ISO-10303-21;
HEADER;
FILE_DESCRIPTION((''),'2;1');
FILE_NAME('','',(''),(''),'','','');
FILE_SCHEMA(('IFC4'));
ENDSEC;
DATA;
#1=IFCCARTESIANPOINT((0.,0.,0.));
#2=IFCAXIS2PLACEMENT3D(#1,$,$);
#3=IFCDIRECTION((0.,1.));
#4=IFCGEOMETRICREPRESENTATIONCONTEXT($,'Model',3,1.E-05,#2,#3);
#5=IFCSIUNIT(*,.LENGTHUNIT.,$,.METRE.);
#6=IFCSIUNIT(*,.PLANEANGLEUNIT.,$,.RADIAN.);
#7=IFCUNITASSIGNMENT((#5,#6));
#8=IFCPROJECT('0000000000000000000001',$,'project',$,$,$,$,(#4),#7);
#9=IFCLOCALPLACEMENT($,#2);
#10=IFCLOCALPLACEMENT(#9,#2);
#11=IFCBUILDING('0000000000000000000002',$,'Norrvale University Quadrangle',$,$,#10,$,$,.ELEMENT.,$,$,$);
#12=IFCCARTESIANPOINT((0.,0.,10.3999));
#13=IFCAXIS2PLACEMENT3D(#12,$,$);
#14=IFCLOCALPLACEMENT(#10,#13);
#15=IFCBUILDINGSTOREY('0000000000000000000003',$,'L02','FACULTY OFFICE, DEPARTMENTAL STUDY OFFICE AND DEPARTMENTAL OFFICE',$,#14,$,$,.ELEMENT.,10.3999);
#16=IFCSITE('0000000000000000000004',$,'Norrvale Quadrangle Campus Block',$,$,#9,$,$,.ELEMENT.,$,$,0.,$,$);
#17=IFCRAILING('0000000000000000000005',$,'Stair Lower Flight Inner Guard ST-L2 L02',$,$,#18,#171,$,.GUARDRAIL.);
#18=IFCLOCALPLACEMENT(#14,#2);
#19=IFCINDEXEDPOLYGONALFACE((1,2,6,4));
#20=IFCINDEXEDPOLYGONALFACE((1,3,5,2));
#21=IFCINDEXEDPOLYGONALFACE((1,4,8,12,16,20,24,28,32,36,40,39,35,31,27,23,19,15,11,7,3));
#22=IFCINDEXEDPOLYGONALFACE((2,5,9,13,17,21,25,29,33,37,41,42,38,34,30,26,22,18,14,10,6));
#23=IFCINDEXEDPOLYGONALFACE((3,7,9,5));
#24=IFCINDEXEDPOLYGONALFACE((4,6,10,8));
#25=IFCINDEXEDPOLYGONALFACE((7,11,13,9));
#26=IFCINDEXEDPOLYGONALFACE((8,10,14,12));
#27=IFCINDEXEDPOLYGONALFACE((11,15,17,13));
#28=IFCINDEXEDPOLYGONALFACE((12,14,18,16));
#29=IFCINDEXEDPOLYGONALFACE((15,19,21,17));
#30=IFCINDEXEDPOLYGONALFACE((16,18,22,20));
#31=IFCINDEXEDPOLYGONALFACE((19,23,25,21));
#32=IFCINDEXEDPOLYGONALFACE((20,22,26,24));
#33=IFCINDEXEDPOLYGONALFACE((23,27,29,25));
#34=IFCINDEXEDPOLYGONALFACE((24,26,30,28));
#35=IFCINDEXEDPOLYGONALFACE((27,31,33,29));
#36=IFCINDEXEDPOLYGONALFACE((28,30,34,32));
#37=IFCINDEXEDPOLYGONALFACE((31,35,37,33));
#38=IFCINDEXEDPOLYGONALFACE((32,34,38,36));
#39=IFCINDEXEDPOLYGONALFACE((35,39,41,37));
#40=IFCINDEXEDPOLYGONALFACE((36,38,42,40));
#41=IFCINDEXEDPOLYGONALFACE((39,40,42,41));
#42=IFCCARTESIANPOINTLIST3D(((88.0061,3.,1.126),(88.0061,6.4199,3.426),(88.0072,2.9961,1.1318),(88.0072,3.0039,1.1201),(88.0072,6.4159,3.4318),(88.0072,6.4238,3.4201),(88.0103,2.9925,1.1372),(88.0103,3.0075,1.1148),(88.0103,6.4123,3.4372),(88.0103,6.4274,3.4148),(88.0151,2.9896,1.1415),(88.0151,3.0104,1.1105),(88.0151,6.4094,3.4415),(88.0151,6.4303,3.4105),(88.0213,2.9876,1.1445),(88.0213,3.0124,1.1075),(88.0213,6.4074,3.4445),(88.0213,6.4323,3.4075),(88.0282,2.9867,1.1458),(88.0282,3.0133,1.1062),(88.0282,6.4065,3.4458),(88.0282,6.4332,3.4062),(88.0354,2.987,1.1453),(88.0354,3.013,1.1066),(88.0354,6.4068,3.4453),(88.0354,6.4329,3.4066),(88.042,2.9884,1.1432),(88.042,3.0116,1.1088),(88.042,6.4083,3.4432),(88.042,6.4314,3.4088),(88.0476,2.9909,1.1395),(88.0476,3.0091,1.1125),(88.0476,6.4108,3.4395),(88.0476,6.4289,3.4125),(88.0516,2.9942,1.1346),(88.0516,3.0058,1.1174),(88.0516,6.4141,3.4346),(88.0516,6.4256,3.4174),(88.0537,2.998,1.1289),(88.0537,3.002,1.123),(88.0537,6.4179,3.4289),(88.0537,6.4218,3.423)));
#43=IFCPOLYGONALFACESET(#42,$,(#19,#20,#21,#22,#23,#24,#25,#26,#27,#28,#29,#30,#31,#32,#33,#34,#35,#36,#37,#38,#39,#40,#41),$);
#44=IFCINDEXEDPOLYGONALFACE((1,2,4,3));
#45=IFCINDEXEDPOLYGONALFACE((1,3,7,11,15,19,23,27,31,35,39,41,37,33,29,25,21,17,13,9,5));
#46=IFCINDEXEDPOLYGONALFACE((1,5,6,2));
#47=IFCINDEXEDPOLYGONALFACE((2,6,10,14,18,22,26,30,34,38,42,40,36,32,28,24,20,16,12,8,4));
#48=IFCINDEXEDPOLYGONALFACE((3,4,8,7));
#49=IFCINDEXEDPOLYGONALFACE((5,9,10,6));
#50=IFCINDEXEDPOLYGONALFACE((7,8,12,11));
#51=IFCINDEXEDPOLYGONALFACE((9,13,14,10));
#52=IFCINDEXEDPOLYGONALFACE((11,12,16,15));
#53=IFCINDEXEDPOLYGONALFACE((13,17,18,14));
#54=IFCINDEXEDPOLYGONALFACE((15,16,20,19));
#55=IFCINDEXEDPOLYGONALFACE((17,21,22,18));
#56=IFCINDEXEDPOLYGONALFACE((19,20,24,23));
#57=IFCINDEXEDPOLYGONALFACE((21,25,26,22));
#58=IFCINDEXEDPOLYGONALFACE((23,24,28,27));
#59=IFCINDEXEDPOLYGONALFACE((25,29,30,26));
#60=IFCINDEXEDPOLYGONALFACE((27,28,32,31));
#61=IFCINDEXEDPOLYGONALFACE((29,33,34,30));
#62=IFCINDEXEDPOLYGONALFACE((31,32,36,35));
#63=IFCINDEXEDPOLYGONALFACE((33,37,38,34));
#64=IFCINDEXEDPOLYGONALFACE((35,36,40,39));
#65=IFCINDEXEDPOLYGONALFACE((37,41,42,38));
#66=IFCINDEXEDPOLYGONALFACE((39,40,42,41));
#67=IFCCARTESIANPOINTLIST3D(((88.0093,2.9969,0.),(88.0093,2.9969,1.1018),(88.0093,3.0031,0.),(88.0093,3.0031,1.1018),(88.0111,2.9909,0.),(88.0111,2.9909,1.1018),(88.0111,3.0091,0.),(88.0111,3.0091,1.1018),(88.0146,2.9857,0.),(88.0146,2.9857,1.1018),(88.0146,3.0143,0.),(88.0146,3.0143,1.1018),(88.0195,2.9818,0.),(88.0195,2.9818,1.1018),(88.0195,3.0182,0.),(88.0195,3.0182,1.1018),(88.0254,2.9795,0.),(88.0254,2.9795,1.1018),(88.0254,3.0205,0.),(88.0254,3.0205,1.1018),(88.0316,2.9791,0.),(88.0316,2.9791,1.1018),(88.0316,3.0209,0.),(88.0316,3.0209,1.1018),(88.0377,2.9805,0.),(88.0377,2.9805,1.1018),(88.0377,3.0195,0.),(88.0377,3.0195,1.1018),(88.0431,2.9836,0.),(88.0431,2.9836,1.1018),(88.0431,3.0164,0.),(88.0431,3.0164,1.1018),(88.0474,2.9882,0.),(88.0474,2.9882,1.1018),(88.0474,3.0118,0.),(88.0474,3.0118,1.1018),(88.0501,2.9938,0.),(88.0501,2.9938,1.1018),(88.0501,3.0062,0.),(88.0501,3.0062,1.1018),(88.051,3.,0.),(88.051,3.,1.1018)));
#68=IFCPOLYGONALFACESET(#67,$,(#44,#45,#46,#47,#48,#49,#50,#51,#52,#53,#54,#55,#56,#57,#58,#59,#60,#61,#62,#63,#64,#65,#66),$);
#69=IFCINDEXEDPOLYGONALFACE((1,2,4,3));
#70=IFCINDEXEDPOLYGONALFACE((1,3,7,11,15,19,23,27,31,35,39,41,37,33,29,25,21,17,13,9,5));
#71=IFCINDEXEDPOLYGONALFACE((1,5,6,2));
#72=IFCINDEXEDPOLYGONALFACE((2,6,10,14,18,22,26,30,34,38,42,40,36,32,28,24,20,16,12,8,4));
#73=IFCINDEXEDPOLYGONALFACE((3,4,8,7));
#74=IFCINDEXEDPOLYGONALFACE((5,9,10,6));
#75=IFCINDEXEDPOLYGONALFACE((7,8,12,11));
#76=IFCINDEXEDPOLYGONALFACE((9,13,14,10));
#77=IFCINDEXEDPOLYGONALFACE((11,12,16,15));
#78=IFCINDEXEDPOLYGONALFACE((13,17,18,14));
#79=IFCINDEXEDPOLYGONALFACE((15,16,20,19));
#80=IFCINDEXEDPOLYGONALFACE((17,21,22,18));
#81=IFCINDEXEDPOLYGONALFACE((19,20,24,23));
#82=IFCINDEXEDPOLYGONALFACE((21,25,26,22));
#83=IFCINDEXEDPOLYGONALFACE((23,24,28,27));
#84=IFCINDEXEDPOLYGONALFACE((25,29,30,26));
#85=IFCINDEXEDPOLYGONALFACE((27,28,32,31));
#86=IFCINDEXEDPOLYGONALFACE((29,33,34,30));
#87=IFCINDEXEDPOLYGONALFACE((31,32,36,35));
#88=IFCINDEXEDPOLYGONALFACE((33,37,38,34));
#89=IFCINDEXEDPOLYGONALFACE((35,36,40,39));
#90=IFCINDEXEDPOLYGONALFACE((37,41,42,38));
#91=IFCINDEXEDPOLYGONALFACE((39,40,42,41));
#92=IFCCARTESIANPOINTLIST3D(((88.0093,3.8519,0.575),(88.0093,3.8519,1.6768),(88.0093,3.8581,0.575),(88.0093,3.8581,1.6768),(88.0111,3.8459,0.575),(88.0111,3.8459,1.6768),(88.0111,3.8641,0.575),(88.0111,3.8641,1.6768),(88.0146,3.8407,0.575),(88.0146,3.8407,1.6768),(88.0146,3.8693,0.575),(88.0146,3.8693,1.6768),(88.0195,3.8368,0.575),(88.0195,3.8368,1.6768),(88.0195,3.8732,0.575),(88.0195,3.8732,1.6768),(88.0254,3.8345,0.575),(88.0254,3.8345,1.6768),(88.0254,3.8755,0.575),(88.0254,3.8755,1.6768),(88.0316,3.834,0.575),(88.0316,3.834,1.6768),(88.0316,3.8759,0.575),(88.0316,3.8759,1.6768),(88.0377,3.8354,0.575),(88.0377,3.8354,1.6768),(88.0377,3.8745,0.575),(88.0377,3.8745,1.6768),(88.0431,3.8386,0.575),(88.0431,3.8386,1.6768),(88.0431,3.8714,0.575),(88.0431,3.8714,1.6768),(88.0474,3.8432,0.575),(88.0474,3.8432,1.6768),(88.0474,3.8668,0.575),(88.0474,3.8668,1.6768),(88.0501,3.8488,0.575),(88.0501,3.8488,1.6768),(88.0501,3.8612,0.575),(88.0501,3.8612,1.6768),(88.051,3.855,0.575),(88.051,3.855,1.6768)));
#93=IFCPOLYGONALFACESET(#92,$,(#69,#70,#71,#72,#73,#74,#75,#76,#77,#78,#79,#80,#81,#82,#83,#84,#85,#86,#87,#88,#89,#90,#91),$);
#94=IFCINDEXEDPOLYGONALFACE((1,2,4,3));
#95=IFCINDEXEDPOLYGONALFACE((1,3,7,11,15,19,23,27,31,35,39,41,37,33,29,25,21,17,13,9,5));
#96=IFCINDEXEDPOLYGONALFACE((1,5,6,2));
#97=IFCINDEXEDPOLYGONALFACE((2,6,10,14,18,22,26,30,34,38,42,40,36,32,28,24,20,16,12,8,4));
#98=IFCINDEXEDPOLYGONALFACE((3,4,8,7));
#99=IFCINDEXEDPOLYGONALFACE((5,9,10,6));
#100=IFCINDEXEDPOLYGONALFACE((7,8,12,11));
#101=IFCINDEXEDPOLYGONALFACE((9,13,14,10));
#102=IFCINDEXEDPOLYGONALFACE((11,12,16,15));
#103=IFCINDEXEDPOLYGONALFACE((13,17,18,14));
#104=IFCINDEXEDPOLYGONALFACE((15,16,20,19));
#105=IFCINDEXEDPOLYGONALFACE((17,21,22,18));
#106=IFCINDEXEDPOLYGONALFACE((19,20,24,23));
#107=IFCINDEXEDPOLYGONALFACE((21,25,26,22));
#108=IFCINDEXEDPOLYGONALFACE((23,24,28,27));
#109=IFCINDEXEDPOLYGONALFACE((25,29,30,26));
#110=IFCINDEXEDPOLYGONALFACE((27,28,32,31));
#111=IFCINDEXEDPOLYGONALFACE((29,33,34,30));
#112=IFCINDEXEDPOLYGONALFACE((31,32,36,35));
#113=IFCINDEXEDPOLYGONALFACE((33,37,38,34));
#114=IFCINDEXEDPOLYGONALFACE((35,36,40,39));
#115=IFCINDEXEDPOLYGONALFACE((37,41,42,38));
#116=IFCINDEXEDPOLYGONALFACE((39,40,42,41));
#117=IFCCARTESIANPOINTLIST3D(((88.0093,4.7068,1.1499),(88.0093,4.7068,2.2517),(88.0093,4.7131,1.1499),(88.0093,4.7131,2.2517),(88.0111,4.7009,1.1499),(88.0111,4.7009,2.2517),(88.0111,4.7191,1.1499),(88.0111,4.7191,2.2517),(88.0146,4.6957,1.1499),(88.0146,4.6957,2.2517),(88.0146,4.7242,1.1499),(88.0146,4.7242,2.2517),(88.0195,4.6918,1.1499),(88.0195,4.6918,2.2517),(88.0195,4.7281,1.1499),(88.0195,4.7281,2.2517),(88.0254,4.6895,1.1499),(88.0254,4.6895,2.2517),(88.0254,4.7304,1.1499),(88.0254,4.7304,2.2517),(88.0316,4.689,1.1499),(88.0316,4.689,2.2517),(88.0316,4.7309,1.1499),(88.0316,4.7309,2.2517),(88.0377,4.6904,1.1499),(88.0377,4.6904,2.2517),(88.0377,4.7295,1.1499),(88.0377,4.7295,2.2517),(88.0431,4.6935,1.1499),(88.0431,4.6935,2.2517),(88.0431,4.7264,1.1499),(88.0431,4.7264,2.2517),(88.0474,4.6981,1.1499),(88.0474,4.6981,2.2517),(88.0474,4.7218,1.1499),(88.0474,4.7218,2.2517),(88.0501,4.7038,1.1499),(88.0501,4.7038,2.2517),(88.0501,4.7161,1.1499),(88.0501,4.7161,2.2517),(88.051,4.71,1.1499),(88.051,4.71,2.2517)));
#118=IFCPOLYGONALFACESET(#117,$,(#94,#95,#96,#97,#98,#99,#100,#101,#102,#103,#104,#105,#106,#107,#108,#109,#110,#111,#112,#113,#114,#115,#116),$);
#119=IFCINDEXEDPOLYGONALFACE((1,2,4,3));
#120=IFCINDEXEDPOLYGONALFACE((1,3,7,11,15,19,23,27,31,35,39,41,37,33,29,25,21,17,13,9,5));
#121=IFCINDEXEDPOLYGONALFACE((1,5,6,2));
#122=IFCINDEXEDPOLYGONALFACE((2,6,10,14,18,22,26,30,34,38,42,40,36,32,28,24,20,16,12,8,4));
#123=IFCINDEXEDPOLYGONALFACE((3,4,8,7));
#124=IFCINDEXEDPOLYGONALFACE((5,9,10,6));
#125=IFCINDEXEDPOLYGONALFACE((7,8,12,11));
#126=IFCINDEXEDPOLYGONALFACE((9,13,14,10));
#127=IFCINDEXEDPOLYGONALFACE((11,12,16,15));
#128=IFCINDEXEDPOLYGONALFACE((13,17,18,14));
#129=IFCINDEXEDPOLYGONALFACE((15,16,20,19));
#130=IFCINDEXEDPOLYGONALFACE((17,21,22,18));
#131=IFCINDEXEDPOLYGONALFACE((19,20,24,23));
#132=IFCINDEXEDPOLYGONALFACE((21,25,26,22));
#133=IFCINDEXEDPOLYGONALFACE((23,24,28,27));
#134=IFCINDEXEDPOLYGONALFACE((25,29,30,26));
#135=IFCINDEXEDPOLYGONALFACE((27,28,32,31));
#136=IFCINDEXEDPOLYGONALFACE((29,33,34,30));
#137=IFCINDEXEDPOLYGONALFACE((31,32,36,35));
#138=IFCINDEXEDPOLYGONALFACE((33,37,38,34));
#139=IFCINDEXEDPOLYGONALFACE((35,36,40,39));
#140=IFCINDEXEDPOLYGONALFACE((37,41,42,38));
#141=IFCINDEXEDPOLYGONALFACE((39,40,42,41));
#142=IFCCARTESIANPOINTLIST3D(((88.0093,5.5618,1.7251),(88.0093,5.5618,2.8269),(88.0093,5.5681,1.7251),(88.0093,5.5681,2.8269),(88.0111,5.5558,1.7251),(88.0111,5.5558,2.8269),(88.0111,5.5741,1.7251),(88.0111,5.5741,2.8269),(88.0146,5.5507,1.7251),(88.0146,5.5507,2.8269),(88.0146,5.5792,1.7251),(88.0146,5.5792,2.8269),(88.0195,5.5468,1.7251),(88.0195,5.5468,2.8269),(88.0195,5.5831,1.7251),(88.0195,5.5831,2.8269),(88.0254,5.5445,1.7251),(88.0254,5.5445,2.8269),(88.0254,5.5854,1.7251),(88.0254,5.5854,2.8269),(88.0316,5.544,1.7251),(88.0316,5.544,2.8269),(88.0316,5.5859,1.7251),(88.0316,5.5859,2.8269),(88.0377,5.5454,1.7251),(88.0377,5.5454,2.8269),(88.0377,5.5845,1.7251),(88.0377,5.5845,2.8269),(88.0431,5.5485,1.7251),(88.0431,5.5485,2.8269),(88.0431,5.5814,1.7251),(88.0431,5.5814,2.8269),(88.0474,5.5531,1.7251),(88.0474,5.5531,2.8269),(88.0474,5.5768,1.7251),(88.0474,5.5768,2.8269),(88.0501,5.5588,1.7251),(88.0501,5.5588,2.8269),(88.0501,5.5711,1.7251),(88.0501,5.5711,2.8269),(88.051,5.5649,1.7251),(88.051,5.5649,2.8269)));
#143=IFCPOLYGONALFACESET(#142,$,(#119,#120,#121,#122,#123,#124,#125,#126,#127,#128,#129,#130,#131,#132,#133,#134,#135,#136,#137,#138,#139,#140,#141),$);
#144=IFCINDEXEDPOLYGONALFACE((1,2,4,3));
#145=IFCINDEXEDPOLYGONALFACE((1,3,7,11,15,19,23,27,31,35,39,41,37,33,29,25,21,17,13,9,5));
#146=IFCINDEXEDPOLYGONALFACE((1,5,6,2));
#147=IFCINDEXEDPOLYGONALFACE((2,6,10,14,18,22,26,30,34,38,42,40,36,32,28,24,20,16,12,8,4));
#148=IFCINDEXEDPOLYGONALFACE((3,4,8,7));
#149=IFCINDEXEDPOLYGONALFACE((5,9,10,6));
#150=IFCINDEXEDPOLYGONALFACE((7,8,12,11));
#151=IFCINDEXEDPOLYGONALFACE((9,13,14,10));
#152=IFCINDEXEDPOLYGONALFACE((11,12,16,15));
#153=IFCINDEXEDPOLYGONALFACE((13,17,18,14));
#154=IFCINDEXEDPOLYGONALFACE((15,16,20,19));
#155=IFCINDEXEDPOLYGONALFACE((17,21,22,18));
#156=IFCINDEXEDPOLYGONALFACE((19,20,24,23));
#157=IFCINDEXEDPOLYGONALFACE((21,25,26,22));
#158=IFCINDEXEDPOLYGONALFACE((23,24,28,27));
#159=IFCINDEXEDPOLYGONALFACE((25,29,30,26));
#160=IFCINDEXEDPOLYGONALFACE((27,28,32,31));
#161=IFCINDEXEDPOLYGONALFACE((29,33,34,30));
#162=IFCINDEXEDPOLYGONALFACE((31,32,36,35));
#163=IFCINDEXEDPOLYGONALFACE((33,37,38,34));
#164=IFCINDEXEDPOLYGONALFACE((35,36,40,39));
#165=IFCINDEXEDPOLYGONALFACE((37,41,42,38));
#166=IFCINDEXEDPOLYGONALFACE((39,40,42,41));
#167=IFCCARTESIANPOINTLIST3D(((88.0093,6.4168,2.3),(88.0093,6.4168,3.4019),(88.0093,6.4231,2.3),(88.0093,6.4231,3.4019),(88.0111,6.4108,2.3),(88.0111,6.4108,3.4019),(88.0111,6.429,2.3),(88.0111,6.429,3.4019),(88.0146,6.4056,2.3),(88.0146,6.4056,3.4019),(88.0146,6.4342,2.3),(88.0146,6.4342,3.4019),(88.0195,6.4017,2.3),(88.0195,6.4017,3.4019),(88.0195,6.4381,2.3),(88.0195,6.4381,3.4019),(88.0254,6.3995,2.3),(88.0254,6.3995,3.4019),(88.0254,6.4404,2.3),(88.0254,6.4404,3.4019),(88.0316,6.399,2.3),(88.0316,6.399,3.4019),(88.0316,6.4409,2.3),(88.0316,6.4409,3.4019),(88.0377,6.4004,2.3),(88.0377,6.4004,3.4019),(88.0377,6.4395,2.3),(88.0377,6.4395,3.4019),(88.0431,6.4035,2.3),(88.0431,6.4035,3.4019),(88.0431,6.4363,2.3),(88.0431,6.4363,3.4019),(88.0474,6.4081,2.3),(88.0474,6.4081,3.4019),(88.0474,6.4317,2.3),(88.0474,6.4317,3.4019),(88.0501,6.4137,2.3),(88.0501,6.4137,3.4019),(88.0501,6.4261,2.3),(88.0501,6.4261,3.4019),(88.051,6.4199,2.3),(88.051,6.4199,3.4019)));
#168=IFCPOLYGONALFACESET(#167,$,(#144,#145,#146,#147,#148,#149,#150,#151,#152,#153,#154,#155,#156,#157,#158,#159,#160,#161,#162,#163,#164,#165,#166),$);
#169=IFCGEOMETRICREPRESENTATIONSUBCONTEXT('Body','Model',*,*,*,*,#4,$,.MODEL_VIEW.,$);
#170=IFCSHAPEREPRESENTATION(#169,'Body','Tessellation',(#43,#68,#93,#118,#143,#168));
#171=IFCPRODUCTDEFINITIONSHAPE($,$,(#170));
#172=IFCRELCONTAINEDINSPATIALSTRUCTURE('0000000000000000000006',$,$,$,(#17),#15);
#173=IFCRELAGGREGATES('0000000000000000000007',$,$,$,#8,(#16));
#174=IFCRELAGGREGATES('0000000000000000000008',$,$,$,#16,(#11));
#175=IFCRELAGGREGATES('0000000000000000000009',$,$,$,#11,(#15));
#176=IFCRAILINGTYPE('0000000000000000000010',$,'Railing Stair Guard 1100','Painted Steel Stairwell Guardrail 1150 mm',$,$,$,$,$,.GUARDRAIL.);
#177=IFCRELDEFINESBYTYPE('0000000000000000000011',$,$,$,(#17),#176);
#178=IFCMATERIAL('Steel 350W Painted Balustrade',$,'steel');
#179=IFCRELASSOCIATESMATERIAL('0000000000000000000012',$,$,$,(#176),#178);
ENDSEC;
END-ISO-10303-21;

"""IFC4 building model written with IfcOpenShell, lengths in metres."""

from ifc_helpers import new_model, si_unit, direction, frame, origin, origin_2d, place, context, subcontext, project, spatial, circle, extrude, material, type_object, element, save


model = new_model("IFC4")

# Units and contexts
model_context = context("Model", 3, precision=1e-05, world=origin(), true_north=direction((0.0, 1.0)))
body_context = subcontext(model_context, "Body", "Model", "MODEL_VIEW")
ifc_project = project(units=[si_unit("LENGTHUNIT", "METRE"), si_unit("PLANEANGLEUNIT", "RADIAN")], contexts=[model_context])

# Site, building, storey
site_placement = place(None, origin())
site = spatial("IfcSite", under=ifc_project, at=site_placement, Name="Norrvale Quadrangle Campus Block", CompositionType="ELEMENT", RefElevation=0.0)
building_placement = place(site_placement, origin())
building = spatial("IfcBuilding", under=site, at=building_placement, Name="Norrvale University Quadrangle", CompositionType="ELEMENT")
storey_placement = place(building_placement, frame((0.0, 0.0, 10.3999)))
storey = spatial("IfcBuildingStorey", under=building, at=storey_placement, Name="L02", Description="FACULTY OFFICE, DEPARTMENTAL STUDY OFFICE AND DEPARTMENTAL OFFICE", CompositionType="ELEMENT", Elevation=10.3999)

# Railing
ifc_material_1 = material(Name="Steel 350W Painted Balustrade", Category="steel")
railing_type_1 = type_object("IfcRailingType", Name="Railing Stair Guard 1100", Description="Painted Steel Stairwell Guardrail 1150 mm", PredefinedType="GUARDRAIL", material=ifc_material_1)
railing_1_placement = place(storey_placement, frame((88.03, 3.0, 0.0)))
element("IfcRailing", 1, at=railing_1_placement, inside=storey, type_object=railing_type_1, Name="Stair Lower Flight Inner Guard ST-L2 L02", PredefinedType="GUARDRAIL", context=body_context, shape_type="SweptSolid", body=[
    extrude(circle(Radius=0.0239, at=origin_2d()), frame((0.0, 0.0, 1.126), z_axis=(0.0, 0.829792, 0.558072), x_axis=(-1.0, 0.0, 0.0)), (0.0, 0.0, 1.0), 4.1213),
    extrude(circle(Radius=0.021, at=origin_2d()), origin(), (0.0, 0.0, 1.0), 1.1018),
    extrude(circle(Radius=0.021, at=origin_2d()), frame((0.0, 0.855, 0.575)), (0.0, 0.0, 1.0), 1.1018),
    extrude(circle(Radius=0.021, at=origin_2d()), frame((0.0, 1.71, 1.1499)), (0.0, 0.0, 1.0), 1.1018),
    extrude(circle(Radius=0.021, at=origin_2d()), frame((0.0, 2.5649, 1.7251)), (0.0, 0.0, 1.0), 1.1018),
    extrude(circle(Radius=0.021, at=origin_2d()), frame((0.0, 3.4199, 2.3)), (0.0, 0.0, 1.0), 1.1018),
])

save(model, "model.ifc")
